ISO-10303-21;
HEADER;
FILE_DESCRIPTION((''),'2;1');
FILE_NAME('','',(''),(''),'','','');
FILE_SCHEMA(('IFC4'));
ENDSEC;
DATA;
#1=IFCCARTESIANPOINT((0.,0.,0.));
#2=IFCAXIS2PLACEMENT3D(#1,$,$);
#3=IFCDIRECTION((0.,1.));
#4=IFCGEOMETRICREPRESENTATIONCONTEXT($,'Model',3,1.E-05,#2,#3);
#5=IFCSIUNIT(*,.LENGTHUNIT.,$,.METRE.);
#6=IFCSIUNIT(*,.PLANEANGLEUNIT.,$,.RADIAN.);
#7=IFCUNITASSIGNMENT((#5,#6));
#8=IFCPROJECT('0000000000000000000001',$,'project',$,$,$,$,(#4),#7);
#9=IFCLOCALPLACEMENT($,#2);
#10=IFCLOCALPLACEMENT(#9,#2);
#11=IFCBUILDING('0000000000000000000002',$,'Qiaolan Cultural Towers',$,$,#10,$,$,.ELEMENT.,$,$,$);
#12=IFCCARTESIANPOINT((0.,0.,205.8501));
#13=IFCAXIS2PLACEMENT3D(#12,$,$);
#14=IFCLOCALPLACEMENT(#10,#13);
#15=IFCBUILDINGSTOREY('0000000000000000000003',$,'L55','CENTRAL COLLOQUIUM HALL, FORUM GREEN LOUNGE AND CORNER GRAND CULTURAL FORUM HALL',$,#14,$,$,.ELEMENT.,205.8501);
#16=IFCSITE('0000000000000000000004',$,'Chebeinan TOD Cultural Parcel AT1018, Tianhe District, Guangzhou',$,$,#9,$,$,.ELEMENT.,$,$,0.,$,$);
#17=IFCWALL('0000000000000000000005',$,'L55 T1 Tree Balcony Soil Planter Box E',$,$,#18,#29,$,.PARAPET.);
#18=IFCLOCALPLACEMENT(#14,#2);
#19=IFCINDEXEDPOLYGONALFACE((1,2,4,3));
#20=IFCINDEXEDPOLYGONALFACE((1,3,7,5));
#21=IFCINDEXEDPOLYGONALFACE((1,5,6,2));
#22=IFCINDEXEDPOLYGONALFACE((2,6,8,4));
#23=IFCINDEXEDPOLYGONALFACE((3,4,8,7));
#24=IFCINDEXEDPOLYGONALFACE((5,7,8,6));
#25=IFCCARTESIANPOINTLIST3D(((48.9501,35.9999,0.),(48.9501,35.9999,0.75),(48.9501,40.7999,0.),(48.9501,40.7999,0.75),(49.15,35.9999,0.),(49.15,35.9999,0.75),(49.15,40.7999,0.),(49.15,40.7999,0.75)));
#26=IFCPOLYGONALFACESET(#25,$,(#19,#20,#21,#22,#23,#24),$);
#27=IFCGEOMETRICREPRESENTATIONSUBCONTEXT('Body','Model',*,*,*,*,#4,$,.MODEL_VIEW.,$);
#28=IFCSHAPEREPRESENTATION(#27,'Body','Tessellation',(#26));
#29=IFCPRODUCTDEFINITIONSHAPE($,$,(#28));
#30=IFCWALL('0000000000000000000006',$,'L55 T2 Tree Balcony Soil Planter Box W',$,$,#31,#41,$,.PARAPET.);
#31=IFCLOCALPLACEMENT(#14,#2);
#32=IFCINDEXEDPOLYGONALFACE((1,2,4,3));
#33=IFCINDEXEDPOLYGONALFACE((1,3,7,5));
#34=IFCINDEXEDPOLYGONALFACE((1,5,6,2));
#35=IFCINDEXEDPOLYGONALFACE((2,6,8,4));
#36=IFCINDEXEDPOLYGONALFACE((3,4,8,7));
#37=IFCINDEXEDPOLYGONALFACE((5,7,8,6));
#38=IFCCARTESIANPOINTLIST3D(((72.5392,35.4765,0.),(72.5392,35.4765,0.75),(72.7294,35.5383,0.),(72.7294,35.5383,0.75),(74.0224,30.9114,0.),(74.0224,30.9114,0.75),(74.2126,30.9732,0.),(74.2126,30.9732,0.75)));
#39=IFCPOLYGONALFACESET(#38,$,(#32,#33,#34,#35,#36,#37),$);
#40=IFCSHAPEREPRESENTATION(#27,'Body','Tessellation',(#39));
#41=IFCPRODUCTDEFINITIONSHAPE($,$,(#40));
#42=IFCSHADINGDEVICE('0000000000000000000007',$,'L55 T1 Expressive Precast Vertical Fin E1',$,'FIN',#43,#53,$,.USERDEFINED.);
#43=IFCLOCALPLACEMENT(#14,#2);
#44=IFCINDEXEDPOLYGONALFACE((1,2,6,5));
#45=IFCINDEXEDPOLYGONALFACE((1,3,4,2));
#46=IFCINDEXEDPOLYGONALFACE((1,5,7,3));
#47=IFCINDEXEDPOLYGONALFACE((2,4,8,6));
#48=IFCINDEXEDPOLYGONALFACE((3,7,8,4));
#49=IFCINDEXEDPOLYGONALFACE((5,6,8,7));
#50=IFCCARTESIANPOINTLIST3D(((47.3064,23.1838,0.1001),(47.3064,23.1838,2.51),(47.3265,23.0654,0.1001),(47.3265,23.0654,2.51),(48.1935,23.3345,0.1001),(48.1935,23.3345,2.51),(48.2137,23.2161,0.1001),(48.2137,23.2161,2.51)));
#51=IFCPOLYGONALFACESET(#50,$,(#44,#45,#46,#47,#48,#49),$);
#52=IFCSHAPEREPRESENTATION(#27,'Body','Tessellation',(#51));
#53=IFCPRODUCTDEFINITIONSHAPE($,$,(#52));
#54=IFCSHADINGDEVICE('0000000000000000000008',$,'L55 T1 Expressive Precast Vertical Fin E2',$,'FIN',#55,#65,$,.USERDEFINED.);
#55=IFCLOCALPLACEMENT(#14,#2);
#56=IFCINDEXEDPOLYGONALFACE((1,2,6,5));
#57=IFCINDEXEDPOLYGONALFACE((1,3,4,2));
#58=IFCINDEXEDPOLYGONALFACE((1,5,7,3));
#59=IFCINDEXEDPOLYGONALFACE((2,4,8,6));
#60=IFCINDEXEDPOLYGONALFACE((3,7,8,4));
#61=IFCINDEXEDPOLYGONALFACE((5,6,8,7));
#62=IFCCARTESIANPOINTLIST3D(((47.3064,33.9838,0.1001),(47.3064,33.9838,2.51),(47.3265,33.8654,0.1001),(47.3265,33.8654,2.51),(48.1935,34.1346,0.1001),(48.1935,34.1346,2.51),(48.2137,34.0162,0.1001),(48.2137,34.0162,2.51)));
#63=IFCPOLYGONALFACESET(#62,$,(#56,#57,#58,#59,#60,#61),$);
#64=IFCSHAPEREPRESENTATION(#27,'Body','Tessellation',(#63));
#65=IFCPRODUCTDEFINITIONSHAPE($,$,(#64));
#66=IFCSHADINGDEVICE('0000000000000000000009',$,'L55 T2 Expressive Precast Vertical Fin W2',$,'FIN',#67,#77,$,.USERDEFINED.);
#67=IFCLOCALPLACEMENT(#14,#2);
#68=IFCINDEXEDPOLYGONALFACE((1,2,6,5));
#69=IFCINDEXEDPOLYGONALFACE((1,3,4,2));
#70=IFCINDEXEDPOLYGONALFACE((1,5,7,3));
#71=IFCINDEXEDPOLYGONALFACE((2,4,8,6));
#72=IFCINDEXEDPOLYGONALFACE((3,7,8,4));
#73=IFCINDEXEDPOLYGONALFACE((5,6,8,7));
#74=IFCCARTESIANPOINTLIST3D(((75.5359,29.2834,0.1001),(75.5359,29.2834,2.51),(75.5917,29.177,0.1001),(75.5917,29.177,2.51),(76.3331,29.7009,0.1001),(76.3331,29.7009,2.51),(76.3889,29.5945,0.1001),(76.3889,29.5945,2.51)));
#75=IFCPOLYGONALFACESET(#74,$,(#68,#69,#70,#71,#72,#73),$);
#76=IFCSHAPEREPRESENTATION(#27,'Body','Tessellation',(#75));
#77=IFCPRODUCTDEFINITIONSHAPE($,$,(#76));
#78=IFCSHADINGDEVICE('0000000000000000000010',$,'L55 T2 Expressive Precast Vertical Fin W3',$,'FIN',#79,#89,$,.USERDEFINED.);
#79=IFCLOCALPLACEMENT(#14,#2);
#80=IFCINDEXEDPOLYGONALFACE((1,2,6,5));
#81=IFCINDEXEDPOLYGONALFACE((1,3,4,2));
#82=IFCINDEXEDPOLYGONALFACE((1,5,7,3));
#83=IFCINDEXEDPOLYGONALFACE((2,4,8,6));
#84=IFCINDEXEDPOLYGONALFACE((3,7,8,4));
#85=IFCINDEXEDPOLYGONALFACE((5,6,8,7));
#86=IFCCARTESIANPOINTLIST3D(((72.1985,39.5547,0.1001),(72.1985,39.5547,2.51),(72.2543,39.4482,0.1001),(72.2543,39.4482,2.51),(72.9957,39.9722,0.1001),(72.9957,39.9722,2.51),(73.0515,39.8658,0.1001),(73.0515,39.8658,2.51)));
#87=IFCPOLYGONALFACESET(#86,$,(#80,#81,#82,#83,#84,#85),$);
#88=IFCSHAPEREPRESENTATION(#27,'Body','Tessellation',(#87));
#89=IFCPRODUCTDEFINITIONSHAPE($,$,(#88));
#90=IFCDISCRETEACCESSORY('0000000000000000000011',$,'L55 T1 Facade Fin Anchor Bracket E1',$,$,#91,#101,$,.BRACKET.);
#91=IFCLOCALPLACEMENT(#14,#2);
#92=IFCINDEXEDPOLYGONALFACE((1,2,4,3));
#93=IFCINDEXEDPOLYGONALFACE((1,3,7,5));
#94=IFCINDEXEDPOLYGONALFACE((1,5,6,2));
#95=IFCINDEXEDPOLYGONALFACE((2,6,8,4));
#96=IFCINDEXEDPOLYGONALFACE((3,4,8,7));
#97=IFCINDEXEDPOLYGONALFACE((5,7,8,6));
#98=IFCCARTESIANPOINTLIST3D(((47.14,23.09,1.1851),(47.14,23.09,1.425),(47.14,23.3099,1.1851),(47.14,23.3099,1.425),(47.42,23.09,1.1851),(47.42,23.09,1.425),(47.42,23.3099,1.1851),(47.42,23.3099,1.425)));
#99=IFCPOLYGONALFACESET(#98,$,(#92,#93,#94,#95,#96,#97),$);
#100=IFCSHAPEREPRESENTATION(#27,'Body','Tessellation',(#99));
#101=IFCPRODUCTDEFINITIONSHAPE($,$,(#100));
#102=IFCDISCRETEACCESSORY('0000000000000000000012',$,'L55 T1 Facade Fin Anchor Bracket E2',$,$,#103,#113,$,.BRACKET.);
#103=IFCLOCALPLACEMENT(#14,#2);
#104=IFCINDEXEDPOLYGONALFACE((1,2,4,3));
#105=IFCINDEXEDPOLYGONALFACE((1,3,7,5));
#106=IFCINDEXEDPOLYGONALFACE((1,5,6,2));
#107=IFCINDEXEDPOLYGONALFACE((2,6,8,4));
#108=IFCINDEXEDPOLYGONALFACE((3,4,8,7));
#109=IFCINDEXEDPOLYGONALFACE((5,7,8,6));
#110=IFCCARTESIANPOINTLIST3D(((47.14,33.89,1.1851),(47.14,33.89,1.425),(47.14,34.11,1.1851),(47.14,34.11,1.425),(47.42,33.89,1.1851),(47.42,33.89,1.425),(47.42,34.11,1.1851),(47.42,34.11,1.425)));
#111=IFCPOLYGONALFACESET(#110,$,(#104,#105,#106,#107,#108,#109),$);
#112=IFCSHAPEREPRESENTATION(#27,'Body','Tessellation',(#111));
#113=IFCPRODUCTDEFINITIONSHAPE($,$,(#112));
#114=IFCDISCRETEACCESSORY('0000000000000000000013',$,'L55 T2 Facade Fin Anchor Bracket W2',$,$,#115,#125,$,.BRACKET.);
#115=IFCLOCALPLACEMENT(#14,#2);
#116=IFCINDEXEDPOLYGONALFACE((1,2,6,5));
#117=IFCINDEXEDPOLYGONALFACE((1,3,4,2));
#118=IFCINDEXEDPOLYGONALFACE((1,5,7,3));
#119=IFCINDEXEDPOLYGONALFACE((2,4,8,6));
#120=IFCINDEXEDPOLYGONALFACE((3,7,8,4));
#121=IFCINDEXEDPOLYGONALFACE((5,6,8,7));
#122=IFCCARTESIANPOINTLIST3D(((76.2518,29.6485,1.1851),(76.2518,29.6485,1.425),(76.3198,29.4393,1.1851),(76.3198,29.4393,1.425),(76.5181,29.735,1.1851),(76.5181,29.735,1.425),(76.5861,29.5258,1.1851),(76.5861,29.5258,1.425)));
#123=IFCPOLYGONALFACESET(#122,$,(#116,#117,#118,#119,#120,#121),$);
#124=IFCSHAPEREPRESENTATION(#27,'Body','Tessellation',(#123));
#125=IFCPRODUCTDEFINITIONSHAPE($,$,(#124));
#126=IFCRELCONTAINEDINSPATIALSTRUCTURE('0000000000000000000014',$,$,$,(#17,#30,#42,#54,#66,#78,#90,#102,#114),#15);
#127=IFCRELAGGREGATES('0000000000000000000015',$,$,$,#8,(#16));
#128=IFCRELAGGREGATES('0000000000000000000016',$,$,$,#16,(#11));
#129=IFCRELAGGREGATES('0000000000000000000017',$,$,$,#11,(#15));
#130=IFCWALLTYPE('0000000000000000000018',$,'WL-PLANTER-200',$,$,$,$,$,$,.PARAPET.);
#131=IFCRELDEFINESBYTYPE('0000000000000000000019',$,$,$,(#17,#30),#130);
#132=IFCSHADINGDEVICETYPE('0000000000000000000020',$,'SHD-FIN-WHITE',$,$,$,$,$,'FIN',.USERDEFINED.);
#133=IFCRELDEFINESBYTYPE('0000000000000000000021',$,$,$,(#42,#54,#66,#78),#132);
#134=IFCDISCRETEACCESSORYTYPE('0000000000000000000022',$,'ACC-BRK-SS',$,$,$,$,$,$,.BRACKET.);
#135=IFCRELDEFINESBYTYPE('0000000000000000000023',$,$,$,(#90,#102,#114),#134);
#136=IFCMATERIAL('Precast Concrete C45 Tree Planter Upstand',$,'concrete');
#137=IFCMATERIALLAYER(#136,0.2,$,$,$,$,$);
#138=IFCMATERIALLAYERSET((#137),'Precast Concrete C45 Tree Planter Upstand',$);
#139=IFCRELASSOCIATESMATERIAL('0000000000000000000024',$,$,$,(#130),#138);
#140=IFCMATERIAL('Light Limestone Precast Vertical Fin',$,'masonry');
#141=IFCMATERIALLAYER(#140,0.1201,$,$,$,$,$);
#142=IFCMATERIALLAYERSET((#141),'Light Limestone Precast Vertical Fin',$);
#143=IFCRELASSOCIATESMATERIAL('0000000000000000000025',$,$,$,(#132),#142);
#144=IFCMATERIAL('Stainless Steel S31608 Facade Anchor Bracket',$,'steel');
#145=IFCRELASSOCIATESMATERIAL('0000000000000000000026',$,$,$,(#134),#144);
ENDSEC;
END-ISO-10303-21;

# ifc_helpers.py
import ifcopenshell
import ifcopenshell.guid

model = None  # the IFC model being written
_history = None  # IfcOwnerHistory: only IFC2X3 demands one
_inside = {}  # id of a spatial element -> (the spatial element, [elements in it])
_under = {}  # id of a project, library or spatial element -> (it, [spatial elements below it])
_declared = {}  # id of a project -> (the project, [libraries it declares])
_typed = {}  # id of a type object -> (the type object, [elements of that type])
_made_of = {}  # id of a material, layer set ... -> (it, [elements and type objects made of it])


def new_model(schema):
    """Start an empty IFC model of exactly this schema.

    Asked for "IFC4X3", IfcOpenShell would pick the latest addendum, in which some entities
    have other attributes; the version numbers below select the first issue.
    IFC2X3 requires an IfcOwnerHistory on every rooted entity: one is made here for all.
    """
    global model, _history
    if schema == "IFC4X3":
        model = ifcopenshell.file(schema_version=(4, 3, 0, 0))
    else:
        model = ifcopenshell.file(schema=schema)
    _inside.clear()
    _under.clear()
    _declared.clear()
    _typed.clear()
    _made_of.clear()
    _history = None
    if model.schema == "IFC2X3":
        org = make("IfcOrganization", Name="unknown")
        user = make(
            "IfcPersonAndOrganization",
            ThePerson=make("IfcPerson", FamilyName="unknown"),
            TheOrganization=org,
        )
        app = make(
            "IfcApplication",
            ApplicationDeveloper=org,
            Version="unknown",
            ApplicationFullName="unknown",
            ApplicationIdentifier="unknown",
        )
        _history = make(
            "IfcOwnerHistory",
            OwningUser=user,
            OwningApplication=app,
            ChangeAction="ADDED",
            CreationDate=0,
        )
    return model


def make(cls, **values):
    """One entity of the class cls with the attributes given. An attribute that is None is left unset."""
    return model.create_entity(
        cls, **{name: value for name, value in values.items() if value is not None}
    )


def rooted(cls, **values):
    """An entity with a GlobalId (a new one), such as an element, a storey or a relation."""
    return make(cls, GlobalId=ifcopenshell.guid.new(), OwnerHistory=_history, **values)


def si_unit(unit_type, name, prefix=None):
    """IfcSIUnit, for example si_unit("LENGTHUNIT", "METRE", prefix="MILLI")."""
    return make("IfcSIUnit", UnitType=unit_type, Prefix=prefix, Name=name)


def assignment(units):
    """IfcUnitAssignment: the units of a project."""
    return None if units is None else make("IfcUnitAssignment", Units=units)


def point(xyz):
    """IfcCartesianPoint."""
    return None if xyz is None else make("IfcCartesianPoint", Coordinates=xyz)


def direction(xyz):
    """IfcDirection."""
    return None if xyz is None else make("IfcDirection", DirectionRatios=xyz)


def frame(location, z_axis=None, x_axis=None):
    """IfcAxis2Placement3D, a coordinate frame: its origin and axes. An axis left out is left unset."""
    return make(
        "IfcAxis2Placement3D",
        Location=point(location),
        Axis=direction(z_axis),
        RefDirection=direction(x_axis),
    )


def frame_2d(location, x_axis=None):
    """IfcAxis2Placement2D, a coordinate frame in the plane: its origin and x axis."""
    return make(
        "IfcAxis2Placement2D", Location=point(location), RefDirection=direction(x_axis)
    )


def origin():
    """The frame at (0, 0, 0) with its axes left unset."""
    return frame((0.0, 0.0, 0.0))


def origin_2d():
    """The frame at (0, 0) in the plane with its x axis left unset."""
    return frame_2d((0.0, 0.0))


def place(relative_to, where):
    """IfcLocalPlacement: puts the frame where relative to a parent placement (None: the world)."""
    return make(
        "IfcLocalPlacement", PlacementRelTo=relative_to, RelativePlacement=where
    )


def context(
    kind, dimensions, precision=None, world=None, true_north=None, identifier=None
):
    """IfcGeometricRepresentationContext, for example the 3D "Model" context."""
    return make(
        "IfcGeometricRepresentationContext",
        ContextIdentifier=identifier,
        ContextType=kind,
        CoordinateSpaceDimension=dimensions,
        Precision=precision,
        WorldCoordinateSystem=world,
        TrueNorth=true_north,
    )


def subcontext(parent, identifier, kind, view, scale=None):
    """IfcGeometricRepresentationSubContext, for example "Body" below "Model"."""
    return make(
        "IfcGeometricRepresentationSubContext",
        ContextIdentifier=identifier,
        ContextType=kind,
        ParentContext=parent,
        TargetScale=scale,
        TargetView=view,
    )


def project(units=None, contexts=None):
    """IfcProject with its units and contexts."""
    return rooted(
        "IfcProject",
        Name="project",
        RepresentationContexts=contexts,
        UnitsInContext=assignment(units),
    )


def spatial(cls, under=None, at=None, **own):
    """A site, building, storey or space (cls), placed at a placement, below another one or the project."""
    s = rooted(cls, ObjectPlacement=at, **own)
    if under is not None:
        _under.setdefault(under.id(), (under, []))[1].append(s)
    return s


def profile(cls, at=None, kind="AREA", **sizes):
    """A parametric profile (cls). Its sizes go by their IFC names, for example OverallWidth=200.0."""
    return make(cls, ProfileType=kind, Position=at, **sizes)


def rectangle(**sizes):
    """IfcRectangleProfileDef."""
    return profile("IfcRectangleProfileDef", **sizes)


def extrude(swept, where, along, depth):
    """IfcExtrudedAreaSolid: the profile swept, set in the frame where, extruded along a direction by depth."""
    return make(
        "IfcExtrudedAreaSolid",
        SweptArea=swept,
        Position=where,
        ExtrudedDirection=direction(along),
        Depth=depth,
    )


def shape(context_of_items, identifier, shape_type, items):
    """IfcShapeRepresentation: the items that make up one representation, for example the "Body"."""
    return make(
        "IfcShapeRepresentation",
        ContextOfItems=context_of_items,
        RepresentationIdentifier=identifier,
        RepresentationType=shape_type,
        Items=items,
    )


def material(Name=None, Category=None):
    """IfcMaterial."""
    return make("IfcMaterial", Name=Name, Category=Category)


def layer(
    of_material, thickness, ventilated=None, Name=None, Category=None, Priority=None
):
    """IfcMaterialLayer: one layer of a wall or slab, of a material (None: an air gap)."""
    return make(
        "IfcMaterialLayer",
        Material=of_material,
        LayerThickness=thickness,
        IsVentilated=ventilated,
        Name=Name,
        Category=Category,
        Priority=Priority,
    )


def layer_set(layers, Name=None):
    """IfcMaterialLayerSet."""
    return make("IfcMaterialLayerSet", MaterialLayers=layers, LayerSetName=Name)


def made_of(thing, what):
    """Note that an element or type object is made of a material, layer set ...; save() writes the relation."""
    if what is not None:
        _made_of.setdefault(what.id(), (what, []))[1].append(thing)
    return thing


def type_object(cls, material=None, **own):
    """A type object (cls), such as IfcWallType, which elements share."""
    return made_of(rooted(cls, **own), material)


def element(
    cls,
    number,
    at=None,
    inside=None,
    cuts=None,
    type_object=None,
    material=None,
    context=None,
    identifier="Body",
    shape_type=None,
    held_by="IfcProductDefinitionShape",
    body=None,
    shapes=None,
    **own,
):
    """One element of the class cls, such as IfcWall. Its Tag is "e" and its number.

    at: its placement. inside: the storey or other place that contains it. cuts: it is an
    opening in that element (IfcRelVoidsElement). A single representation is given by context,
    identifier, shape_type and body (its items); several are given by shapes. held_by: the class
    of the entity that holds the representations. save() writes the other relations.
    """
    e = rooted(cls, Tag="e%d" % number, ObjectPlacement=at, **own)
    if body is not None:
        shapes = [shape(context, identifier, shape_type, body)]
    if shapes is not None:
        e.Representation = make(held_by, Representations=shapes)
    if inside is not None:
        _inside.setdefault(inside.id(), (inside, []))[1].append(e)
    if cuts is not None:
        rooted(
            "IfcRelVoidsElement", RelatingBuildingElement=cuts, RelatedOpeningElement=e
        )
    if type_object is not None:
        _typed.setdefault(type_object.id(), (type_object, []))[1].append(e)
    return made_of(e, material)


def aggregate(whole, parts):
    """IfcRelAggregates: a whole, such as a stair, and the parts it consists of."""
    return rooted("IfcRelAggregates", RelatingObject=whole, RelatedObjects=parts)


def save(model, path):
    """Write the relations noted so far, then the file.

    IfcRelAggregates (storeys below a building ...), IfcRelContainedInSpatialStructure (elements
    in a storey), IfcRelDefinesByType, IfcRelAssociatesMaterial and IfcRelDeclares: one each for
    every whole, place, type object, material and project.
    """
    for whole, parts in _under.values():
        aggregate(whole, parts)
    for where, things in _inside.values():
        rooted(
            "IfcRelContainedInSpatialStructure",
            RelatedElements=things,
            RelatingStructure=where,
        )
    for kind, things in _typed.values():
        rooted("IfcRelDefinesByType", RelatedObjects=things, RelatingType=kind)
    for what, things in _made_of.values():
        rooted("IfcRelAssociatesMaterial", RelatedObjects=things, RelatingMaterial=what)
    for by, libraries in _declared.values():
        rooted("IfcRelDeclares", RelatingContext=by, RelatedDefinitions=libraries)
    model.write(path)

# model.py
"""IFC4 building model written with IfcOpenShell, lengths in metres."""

from ifc_helpers import new_model, si_unit, direction, frame, frame_2d, origin, origin_2d, place, context, subcontext, project, spatial, rectangle, extrude, material, layer, layer_set, type_object, element, save


model = new_model("IFC4")

# Units and contexts
model_context = context("Model", 3, precision=1e-05, world=origin(), true_north=direction((0.0, 1.0)))
body_context = subcontext(model_context, "Body", "Model", "MODEL_VIEW")
ifc_project = project(units=[si_unit("LENGTHUNIT", "METRE"), si_unit("PLANEANGLEUNIT", "RADIAN")], contexts=[model_context])

# Site, building, storey
site_placement = place(None, origin())
site = spatial("IfcSite", under=ifc_project, at=site_placement, Name="Chebeinan TOD Cultural Parcel AT1018, Tianhe District, Guangzhou", CompositionType="ELEMENT", RefElevation=0.0)
building_placement = place(site_placement, origin())
building = spatial("IfcBuilding", under=site, at=building_placement, Name="Qiaolan Cultural Towers", CompositionType="ELEMENT")
storey_placement = place(building_placement, frame((0.0, 0.0, 205.8501)))
storey = spatial("IfcBuildingStorey", under=building, at=storey_placement, Name="L55", Description="CENTRAL COLLOQUIUM HALL, FORUM GREEN LOUNGE AND CORNER GRAND CULTURAL FORUM HALL", CompositionType="ELEMENT", Elevation=205.8501)

# Walls
ifc_material_1 = material(Name="Precast Concrete C45 Tree Planter Upstand", Category="concrete")
ifc_layer_1 = layer(ifc_material_1, 0.2)
ifc_layer_set_1 = layer_set([ifc_layer_1], Name="Precast Concrete C45 Tree Planter Upstand")
wall_type_1 = type_object("IfcWallType", Name="WL-PLANTER-200", PredefinedType="PARAPET", material=ifc_layer_set_1)
for number, where, z_axis, x_axis, name in (
    (1, (49.05, 36.0, 0.0), (0.0, 0.0, 1.0), (0.0, 1.0, 0.0), "L55 T1 Tree Balcony Soil Planter Box E"),
    (2, (74.1174, 30.9424, 0.0), (0.0, 0.0, 1.0), (-0.308986, 0.951067, 0.0), "L55 T2 Tree Balcony Soil Planter Box W"),
):
    element("IfcWall", number, at=place(storey_placement, frame(where, z_axis=z_axis, x_axis=x_axis)), inside=storey, type_object=wall_type_1, Name=name, PredefinedType="PARAPET", context=body_context, shape_type="SweptSolid", body=[
        extrude(rectangle(XDim=4.8, YDim=0.2, at=frame_2d((2.3999, 0.0))), origin(), (0.0, 0.0, 1.0), 0.75),
    ])

# Shading devices
ifc_material_2 = material(Name="Light Limestone Precast Vertical Fin", Category="masonry")
ifc_layer_2 = layer(ifc_material_2, 0.1201)
ifc_layer_set_2 = layer_set([ifc_layer_2], Name="Light Limestone Precast Vertical Fin")
shading_device_type = type_object("IfcShadingDeviceType", Name="SHD-FIN-WHITE", ElementType="FIN", PredefinedType="USERDEFINED", material=ifc_layer_set_2)
for number, where, z_axis, x_axis, name in (
    (3, (47.76, 23.2, 0.1001), (0.0, 0.0, 1.0), (0.985874, 0.167488, 0.0), "L55 T1 Expressive Precast Vertical Fin E1"),
    (4, (47.76, 34.0, 0.1001), (0.0, 0.0, 1.0), (0.985874, 0.167488, 0.0), "L55 T1 Expressive Precast Vertical Fin E2"),
    (5, (75.9624, 29.439, 0.1001), (0.0, 0.0, 1.0), (0.885865, 0.463943, 0.0), "L55 T2 Expressive Precast Vertical Fin W2"),
    (6, (72.625, 39.7102, 0.1001), (0.0, 0.0, 1.0), (0.885865, 0.463943, 0.0), "L55 T2 Expressive Precast Vertical Fin W3"),
):
    element("IfcShadingDevice", number, at=place(storey_placement, frame(where, z_axis=z_axis, x_axis=x_axis)), inside=storey, type_object=shading_device_type, Name=name, ObjectType="FIN", PredefinedType="USERDEFINED", context=body_context, shape_type="SweptSolid", body=[
        extrude(rectangle(XDim=0.8999, YDim=0.1201, at=origin_2d()), origin(), (0.0, 0.0, 1.0), 2.4099),
    ])

# Discrete accessories
ifc_material_3 = material(Name="Stainless Steel S31608 Facade Anchor Bracket", Category="steel")
discrete_accessory_type = type_object("IfcDiscreteAccessoryType", Name="ACC-BRK-SS", PredefinedType="BRACKET", material=ifc_material_3)
for number, where, z_axis, x_axis, name in (
    (7, (47.28, 23.2, 1.1851), (0.0, 0.0, 1.0), (1.0, 0.0, 0.0), "L55 T1 Facade Fin Anchor Bracket E1"),
    (8, (47.28, 34.0, 1.1851), (0.0, 0.0, 1.0), (1.0, 0.0, 0.0), "L55 T1 Facade Fin Anchor Bracket E2"),
    (9, (76.4189, 29.5872, 1.1851), (0.0, 0.0, 1.0), (0.951057, 0.309017, 0.0), "L55 T2 Facade Fin Anchor Bracket W2"),
):
    element("IfcDiscreteAccessory", number, at=place(storey_placement, frame(where, z_axis=z_axis, x_axis=x_axis)), inside=storey, type_object=discrete_accessory_type, Name=name, PredefinedType="BRACKET", context=body_context, shape_type="SweptSolid", body=[
        extrude(rectangle(XDim=0.28, YDim=0.22, at=origin_2d()), origin(), (0.0, 0.0, 1.0), 0.24),
    ])

save(model, "model.ifc")
